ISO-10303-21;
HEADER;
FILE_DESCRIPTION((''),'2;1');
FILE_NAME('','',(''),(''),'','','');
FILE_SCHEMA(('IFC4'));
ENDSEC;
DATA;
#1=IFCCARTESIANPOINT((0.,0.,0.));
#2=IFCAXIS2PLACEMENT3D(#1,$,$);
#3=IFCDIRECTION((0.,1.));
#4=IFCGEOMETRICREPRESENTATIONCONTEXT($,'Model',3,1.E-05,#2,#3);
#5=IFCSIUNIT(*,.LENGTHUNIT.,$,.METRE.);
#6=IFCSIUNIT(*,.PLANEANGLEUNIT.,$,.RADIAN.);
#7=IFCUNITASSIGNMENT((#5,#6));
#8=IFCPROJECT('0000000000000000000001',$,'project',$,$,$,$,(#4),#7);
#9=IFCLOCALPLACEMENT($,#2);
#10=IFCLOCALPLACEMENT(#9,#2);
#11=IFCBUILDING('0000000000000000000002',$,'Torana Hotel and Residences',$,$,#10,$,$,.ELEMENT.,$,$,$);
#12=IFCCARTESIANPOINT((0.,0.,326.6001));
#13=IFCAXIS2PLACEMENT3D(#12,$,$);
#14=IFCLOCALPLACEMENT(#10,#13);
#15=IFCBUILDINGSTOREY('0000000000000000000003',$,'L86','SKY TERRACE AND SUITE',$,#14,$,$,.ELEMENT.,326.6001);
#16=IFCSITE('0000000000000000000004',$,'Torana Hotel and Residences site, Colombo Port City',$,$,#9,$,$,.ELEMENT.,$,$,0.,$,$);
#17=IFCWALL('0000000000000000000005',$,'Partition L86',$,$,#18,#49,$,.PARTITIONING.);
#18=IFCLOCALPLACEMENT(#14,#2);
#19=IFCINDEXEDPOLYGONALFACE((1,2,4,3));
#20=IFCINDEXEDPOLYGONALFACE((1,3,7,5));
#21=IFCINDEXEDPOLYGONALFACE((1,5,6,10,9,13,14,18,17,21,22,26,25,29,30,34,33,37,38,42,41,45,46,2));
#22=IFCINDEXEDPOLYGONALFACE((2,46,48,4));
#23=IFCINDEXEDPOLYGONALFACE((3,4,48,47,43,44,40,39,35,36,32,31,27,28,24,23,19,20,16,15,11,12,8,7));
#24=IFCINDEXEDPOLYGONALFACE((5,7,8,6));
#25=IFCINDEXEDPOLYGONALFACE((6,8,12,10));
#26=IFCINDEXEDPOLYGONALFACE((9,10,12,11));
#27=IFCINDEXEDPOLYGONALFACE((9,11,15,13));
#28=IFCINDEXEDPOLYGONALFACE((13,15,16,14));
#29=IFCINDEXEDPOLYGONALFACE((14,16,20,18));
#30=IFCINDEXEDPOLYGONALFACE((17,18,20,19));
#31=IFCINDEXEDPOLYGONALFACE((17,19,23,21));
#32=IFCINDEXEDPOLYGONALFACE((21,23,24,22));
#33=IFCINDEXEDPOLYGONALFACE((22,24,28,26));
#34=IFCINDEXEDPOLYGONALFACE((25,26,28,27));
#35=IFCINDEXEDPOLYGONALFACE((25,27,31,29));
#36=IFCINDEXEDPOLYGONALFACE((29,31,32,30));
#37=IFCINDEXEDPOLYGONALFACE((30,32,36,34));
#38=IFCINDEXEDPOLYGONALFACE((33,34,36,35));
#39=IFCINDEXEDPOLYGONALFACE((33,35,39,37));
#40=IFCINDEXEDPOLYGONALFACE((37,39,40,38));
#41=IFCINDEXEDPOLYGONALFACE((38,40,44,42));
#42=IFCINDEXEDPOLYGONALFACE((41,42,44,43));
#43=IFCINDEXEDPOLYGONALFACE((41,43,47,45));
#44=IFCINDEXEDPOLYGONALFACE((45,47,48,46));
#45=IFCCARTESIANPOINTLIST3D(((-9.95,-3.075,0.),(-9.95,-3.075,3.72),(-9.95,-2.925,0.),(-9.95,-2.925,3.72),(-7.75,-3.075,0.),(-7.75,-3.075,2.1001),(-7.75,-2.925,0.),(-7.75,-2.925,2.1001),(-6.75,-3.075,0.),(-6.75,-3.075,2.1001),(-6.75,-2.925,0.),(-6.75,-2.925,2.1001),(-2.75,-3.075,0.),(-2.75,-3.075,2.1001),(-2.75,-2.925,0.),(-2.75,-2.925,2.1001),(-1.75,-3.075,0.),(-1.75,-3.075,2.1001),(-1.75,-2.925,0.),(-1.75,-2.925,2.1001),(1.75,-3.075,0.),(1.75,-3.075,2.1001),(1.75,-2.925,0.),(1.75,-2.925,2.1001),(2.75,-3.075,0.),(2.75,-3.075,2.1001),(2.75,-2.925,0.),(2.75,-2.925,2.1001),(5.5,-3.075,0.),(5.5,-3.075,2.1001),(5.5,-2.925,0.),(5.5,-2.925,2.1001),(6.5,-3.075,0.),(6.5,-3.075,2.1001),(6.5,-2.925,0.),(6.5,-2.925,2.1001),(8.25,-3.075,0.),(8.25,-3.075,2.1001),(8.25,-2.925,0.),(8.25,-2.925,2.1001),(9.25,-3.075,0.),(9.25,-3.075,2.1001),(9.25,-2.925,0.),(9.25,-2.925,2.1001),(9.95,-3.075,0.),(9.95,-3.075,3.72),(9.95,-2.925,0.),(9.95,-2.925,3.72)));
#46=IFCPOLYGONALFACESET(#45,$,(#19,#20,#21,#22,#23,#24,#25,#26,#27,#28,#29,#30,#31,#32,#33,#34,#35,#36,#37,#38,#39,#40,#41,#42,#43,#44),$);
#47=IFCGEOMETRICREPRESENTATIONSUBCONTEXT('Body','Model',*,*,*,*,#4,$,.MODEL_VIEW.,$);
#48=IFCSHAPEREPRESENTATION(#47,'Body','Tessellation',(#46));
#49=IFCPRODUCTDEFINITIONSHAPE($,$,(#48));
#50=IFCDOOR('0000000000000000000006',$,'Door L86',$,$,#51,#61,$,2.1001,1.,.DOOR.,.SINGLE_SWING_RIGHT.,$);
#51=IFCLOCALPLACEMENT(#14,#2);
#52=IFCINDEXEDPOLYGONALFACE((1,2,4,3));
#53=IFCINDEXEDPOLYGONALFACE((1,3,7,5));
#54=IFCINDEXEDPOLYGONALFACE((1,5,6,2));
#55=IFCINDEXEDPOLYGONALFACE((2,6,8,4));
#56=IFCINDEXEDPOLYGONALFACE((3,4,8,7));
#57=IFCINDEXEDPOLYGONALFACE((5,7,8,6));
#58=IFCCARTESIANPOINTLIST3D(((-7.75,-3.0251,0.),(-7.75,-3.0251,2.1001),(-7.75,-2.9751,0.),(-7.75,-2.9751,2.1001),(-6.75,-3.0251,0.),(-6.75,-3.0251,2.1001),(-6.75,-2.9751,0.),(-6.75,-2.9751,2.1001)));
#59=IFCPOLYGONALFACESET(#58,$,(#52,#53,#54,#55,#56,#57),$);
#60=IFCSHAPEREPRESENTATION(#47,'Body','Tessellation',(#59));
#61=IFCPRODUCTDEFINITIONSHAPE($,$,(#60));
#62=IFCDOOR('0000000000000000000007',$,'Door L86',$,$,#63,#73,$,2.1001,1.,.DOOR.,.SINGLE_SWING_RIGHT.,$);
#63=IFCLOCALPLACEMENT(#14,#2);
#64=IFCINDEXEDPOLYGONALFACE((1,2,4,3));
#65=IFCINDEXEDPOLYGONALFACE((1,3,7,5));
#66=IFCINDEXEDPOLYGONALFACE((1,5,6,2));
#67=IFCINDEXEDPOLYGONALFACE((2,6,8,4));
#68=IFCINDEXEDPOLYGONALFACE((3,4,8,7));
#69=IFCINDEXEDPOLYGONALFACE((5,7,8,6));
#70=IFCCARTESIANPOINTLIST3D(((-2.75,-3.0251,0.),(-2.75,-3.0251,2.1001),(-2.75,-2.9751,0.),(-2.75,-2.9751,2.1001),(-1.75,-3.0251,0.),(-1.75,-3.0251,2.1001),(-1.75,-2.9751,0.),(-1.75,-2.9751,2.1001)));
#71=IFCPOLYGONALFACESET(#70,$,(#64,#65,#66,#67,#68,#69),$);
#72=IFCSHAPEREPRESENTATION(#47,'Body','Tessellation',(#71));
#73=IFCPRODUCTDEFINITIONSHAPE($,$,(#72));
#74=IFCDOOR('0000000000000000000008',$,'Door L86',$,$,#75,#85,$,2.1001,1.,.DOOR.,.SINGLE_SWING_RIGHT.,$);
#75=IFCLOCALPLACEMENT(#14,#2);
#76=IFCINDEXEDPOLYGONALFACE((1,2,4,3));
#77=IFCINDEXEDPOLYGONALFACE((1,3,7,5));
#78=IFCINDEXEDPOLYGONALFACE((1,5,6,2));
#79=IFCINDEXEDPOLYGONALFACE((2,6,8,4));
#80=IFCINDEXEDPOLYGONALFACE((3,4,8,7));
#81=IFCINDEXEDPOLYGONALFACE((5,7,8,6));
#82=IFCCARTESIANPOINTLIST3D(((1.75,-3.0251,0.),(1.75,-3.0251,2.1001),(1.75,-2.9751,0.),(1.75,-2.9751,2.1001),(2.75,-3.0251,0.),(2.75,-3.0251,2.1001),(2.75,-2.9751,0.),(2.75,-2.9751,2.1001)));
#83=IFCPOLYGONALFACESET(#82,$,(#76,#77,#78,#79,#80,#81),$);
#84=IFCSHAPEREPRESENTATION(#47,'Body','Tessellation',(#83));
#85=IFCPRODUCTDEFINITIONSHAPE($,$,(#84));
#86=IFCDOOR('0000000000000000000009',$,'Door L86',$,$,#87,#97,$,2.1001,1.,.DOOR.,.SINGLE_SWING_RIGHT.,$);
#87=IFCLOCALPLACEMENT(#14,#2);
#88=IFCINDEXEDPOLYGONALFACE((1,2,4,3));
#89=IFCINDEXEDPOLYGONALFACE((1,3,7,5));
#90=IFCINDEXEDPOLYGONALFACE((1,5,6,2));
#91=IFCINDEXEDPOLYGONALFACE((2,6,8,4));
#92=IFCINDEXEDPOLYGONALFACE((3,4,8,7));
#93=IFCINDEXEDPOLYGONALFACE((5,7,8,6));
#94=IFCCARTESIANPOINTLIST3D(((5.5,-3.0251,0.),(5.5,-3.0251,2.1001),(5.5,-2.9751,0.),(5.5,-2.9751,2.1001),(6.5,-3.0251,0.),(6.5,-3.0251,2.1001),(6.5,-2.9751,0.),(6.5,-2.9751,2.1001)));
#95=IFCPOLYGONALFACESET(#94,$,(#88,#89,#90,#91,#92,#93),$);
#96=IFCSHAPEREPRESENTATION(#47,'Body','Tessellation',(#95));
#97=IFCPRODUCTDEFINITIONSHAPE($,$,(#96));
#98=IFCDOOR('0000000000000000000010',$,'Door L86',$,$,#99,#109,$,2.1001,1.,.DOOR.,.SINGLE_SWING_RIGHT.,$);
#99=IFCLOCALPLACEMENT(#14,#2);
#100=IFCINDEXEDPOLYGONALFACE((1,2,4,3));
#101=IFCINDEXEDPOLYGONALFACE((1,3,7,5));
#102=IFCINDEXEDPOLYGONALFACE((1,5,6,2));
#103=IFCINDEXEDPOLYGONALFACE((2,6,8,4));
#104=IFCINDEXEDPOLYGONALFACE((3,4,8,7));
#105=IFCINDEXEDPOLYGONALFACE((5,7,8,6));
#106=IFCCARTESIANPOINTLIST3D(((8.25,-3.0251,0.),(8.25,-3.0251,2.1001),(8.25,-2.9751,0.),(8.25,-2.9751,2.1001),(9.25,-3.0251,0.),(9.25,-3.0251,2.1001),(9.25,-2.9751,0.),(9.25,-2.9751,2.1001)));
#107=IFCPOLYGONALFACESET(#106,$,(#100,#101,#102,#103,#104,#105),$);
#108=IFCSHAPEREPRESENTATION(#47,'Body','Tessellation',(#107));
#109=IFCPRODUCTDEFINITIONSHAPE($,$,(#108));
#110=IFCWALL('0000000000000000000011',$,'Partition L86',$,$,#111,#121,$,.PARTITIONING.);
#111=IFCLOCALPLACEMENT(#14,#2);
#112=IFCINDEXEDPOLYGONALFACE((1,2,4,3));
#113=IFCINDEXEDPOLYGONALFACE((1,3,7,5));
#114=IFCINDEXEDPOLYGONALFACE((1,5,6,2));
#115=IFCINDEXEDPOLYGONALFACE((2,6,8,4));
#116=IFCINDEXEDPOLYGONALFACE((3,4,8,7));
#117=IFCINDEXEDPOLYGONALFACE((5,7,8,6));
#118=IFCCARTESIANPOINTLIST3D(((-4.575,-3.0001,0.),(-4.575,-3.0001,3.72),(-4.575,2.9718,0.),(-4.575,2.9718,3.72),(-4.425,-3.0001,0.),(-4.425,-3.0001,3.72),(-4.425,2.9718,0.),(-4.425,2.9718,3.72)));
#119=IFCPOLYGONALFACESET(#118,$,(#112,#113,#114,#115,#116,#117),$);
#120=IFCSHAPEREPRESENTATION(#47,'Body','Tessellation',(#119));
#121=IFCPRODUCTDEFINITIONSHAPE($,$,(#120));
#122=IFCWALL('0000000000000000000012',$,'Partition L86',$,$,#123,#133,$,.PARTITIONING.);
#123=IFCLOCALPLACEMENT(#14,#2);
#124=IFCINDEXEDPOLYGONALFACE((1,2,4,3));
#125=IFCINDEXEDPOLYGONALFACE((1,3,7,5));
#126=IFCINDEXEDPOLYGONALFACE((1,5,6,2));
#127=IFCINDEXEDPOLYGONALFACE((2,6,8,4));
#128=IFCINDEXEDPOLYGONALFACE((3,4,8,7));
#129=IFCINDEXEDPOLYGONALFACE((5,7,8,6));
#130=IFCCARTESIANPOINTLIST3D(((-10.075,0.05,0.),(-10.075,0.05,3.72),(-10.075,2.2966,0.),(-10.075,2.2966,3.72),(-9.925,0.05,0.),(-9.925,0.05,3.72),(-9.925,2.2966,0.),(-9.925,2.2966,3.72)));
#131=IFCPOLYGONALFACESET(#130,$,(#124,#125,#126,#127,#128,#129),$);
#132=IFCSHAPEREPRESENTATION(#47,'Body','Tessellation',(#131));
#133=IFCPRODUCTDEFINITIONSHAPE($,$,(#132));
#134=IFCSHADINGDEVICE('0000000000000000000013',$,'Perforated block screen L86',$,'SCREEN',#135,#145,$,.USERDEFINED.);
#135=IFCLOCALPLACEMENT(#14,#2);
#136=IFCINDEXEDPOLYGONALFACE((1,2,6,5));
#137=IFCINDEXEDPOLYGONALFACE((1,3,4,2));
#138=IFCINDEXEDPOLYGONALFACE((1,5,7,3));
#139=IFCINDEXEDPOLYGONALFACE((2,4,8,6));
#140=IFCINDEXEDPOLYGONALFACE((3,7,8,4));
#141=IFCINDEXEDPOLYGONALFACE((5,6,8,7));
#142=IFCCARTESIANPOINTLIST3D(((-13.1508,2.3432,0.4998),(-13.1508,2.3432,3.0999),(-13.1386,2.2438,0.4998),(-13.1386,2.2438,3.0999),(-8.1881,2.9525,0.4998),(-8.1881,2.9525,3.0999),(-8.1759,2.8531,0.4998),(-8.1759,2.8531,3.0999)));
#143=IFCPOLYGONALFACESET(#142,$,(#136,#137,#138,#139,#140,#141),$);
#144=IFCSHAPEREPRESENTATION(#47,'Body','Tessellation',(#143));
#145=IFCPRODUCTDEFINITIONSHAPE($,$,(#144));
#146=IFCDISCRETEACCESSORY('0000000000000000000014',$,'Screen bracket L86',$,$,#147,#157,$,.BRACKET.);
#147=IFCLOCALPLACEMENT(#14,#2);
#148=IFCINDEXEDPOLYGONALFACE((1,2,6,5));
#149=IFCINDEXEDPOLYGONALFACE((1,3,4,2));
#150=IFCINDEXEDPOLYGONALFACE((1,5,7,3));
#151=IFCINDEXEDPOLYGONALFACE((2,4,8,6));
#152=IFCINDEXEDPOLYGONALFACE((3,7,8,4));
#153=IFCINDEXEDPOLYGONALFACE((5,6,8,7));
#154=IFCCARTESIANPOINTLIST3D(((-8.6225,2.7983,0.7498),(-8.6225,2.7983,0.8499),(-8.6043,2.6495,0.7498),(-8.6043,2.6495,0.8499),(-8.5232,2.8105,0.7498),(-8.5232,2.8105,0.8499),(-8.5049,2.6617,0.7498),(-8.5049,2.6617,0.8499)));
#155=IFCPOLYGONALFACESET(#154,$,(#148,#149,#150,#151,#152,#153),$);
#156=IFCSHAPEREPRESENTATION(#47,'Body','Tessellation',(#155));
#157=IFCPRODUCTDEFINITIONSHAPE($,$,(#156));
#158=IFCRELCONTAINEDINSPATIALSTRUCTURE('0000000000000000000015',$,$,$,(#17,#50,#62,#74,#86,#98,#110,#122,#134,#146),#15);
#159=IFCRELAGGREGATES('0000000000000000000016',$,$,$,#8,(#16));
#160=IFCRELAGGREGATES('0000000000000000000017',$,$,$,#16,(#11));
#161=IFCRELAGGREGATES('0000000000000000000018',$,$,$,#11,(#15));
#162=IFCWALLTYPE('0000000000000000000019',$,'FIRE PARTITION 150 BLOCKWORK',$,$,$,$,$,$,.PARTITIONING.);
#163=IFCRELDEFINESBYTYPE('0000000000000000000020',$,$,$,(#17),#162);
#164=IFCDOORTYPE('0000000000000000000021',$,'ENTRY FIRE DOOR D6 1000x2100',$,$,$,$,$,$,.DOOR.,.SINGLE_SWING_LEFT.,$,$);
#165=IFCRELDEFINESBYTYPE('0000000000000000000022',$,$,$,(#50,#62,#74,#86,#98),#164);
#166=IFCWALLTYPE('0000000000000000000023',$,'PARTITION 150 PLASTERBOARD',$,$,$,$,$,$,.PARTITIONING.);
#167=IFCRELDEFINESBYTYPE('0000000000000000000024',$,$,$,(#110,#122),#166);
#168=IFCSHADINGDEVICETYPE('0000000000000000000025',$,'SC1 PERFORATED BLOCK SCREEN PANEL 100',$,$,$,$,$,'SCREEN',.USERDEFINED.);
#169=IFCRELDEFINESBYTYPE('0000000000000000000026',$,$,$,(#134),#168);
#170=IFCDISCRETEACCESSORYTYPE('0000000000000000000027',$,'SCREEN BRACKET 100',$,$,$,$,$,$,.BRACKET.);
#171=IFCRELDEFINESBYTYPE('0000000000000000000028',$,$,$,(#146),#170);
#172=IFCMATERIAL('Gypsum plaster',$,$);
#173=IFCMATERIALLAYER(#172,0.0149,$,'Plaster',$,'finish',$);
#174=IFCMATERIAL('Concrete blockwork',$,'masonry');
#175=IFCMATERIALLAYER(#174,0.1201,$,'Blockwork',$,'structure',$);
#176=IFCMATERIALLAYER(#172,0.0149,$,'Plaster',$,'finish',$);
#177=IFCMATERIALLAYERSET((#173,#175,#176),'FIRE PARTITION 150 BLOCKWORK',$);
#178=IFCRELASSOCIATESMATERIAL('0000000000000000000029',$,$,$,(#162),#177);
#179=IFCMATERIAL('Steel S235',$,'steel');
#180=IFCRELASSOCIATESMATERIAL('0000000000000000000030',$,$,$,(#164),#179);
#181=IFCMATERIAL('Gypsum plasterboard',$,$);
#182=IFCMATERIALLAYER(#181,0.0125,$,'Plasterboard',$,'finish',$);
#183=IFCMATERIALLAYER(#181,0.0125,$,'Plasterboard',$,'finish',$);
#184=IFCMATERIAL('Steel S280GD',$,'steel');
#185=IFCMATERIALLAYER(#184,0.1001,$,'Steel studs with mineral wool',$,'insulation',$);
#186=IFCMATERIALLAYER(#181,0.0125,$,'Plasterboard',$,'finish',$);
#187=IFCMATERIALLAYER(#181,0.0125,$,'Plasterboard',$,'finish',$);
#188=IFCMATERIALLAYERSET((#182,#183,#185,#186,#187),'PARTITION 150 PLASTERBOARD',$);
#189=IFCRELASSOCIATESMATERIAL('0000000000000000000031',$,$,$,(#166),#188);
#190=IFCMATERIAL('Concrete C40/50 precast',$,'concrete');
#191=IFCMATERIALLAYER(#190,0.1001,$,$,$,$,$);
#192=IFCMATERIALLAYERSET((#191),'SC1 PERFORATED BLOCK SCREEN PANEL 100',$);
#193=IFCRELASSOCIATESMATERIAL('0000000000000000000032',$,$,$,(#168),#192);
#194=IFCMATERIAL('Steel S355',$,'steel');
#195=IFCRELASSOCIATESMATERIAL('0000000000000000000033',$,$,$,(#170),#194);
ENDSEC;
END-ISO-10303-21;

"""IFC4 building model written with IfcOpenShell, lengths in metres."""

from ifc_helpers import new_model, si_unit, direction, frame, frame_2d, origin, origin_2d, place, context, subcontext, project, spatial, rectangle, extrude, material, layer, layer_set, type_object, element, fill, save


model = new_model("IFC4")

# Units and contexts
model_context = context("Model", 3, precision=1e-05, world=origin(), true_north=direction((0.0, 1.0)))
body_context = subcontext(model_context, "Body", "Model", "MODEL_VIEW")
ifc_project = project(units=[si_unit("LENGTHUNIT", "METRE"), si_unit("PLANEANGLEUNIT", "RADIAN")], contexts=[model_context])

# Site, building, storey
site_placement = place(None, origin())
site = spatial("IfcSite", under=ifc_project, at=site_placement, Name="Torana Hotel and Residences site, Colombo Port City", CompositionType="ELEMENT", RefElevation=0.0)
building_placement = place(site_placement, origin())
building = spatial("IfcBuilding", under=site, at=building_placement, Name="Torana Hotel and Residences", CompositionType="ELEMENT")
storey_placement = place(building_placement, frame((0.0, 0.0, 326.6001)))
storey = spatial("IfcBuildingStorey", under=building, at=storey_placement, Name="L86", Description="SKY TERRACE AND SUITE", CompositionType="ELEMENT", Elevation=326.6001)

# Wall, openings, doors
ifc_material_1 = material(Name="Gypsum plaster")
ifc_layer_1 = layer(ifc_material_1, 0.0149, Name="Plaster", Category="finish")
ifc_material_2 = material(Name="Concrete blockwork", Category="masonry")
ifc_layer_2 = layer(ifc_material_2, 0.1201, Name="Blockwork", Category="structure")
ifc_layer_3 = layer(ifc_material_1, 0.0149, Name="Plaster", Category="finish")
ifc_layer_set_1 = layer_set([ifc_layer_1, ifc_layer_2, ifc_layer_3], Name="FIRE PARTITION 150 BLOCKWORK")
wall_type_1 = type_object("IfcWallType", Name="FIRE PARTITION 150 BLOCKWORK", PredefinedType="PARTITIONING", material=ifc_layer_set_1)
ifc_material_3 = material(Name="Steel S235", Category="steel")
door_type = type_object("IfcDoorType", Name="ENTRY FIRE DOOR D6 1000x2100", OperationType="SINGLE_SWING_LEFT", PredefinedType="DOOR", material=ifc_material_3)
wall_1_placement = place(storey_placement, frame((-9.95, -3.0, 0.0), z_axis=(0.0, 0.0, 1.0), x_axis=(1.0, 0.0, 0.0)))
wall_1 = element("IfcWall", 1, at=wall_1_placement, inside=storey, type_object=wall_type_1, Name="Partition L86", PredefinedType="PARTITIONING", context=body_context, shape_type="SweptSolid", body=[
    extrude(rectangle(XDim=19.8999, YDim=0.1499, at=frame_2d((9.95, 0.0))), origin(), (0.0, 0.0, 1.0), 3.72),
])
opening_1_placement = place(wall_1_placement, frame((2.2, 0.0, 0.0)))
opening_1 = element("IfcOpeningElement", 2, at=opening_1_placement, cuts=wall_1, PredefinedType="OPENING", context=body_context, shape_type="SweptSolid", body=[
    extrude(rectangle(XDim=1.0, YDim=2.1001, at=frame_2d((0.5, 1.05))), frame((0.0, 0.085, 0.0), z_axis=(0.0, -1.0, 0.0), x_axis=(1.0, 0.0, 0.0)), (0.0, 0.0, 1.0), 0.1699),
])
opening_2_placement = place(wall_1_placement, frame((7.2, 0.0, 0.0)))
opening_2 = element("IfcOpeningElement", 3, at=opening_2_placement, cuts=wall_1, PredefinedType="OPENING", context=body_context, shape_type="SweptSolid", body=[
    extrude(rectangle(XDim=1.0, YDim=2.1001, at=frame_2d((0.5, 1.05))), frame((0.0, 0.085, 0.0), z_axis=(0.0, -1.0, 0.0), x_axis=(1.0, 0.0, 0.0)), (0.0, 0.0, 1.0), 0.1699),
])
opening_3_placement = place(wall_1_placement, frame((11.7, 0.0, 0.0)))
opening_3 = element("IfcOpeningElement", 4, at=opening_3_placement, cuts=wall_1, PredefinedType="OPENING", context=body_context, shape_type="SweptSolid", body=[
    extrude(rectangle(XDim=1.0, YDim=2.1001, at=frame_2d((0.5, 1.05))), frame((0.0, 0.085, 0.0), z_axis=(0.0, -1.0, 0.0), x_axis=(1.0, 0.0, 0.0)), (0.0, 0.0, 1.0), 0.1699),
])
opening_4_placement = place(wall_1_placement, frame((15.45, 0.0, 0.0)))
opening_4 = element("IfcOpeningElement", 5, at=opening_4_placement, cuts=wall_1, PredefinedType="OPENING", context=body_context, shape_type="SweptSolid", body=[
    extrude(rectangle(XDim=1.0, YDim=2.1001, at=frame_2d((0.5, 1.05))), frame((0.0, 0.085, 0.0), z_axis=(0.0, -1.0, 0.0), x_axis=(1.0, 0.0, 0.0)), (0.0, 0.0, 1.0), 0.1699),
])
opening_5_placement = place(wall_1_placement, frame((18.2, 0.0, 0.0)))
opening_5 = element("IfcOpeningElement", 6, at=opening_5_placement, cuts=wall_1, PredefinedType="OPENING", context=body_context, shape_type="SweptSolid", body=[
    extrude(rectangle(XDim=1.0, YDim=2.1001, at=frame_2d((0.5, 1.05))), frame((0.0, 0.085, 0.0), z_axis=(0.0, -1.0, 0.0), x_axis=(1.0, 0.0, 0.0)), (0.0, 0.0, 1.0), 0.1699),
])
door_1_placement = place(opening_1_placement, origin())
door_1 = element("IfcDoor", 7, at=door_1_placement, inside=storey, type_object=door_type, Name="Door L86", OperationType="SINGLE_SWING_RIGHT", OverallHeight=2.1001, OverallWidth=1.0, PredefinedType="DOOR", context=body_context, shape_type="SweptSolid", body=[
    extrude(rectangle(XDim=1.0, YDim=2.1001, at=frame_2d((0.5, 1.05))), frame((0.0, 0.0249, 0.0), z_axis=(0.0, -1.0, 0.0), x_axis=(1.0, 0.0, 0.0)), (0.0, 0.0, 1.0), 0.05),
])
fill(opening_1, door_1)
door_2_placement = place(opening_2_placement, origin())
door_2 = element("IfcDoor", 8, at=door_2_placement, inside=storey, type_object=door_type, Name="Door L86", OperationType="SINGLE_SWING_RIGHT", OverallHeight=2.1001, OverallWidth=1.0, PredefinedType="DOOR", context=body_context, shape_type="SweptSolid", body=[
    extrude(rectangle(XDim=1.0, YDim=2.1001, at=frame_2d((0.5, 1.05))), frame((0.0, 0.0249, 0.0), z_axis=(0.0, -1.0, 0.0), x_axis=(1.0, 0.0, 0.0)), (0.0, 0.0, 1.0), 0.05),
])
fill(opening_2, door_2)
door_3_placement = place(opening_3_placement, origin())
door_3 = element("IfcDoor", 9, at=door_3_placement, inside=storey, type_object=door_type, Name="Door L86", OperationType="SINGLE_SWING_RIGHT", OverallHeight=2.1001, OverallWidth=1.0, PredefinedType="DOOR", context=body_context, shape_type="SweptSolid", body=[
    extrude(rectangle(XDim=1.0, YDim=2.1001, at=frame_2d((0.5, 1.05))), frame((0.0, 0.0249, 0.0), z_axis=(0.0, -1.0, 0.0), x_axis=(1.0, 0.0, 0.0)), (0.0, 0.0, 1.0), 0.05),
])
fill(opening_3, door_3)
door_4_placement = place(opening_4_placement, origin())
door_4 = element("IfcDoor", 10, at=door_4_placement, inside=storey, type_object=door_type, Name="Door L86", OperationType="SINGLE_SWING_RIGHT", OverallHeight=2.1001, OverallWidth=1.0, PredefinedType="DOOR", context=body_context, shape_type="SweptSolid", body=[
    extrude(rectangle(XDim=1.0, YDim=2.1001, at=frame_2d((0.5, 1.05))), frame((0.0, 0.0249, 0.0), z_axis=(0.0, -1.0, 0.0), x_axis=(1.0, 0.0, 0.0)), (0.0, 0.0, 1.0), 0.05),
])
fill(opening_4, door_4)
door_5_placement = place(opening_5_placement, origin())
door_5 = element("IfcDoor", 11, at=door_5_placement, inside=storey, type_object=door_type, Name="Door L86", OperationType="SINGLE_SWING_RIGHT", OverallHeight=2.1001, OverallWidth=1.0, PredefinedType="DOOR", context=body_context, shape_type="SweptSolid", body=[
    extrude(rectangle(XDim=1.0, YDim=2.1001, at=frame_2d((0.5, 1.05))), frame((0.0, 0.0249, 0.0), z_axis=(0.0, -1.0, 0.0), x_axis=(1.0, 0.0, 0.0)), (0.0, 0.0, 1.0), 0.05),
])
fill(opening_5, door_5)

# Walls
ifc_material_4 = material(Name="Gypsum plasterboard")
ifc_layer_4 = layer(ifc_material_4, 0.0125, Name="Plasterboard", Category="finish")
ifc_layer_5 = layer(ifc_material_4, 0.0125, Name="Plasterboard", Category="finish")
ifc_material_5 = material(Name="Steel S280GD", Category="steel")
ifc_layer_6 = layer(ifc_material_5, 0.1001, Name="Steel studs with mineral wool", Category="insulation")
ifc_layer_7 = layer(ifc_material_4, 0.0125, Name="Plasterboard", Category="finish")
ifc_layer_8 = layer(ifc_material_4, 0.0125, Name="Plasterboard", Category="finish")
ifc_layer_set_2 = layer_set([ifc_layer_4, ifc_layer_5, ifc_layer_6, ifc_layer_7, ifc_layer_8], Name="PARTITION 150 PLASTERBOARD")
wall_type_2 = type_object("IfcWallType", Name="PARTITION 150 PLASTERBOARD", PredefinedType="PARTITIONING", material=ifc_layer_set_2)
wall_2_placement = place(storey_placement, frame((-4.5, -3.0, 0.0), z_axis=(0.0, 0.0, 1.0), x_axis=(0.0, 1.0, 0.0)))
element("IfcWall", 12, at=wall_2_placement, inside=storey, type_object=wall_type_2, Name="Partition L86", PredefinedType="PARTITIONING", context=body_context, shape_type="SweptSolid", body=[
    extrude(rectangle(XDim=5.9719, YDim=0.1499, at=frame_2d((2.9858, 0.0))), origin(), (0.0, 0.0, 1.0), 3.72),
])
wall_3_placement = place(storey_placement, frame((-10.0, 0.05, 0.0), z_axis=(0.0, 0.0, 1.0), x_axis=(0.0, 1.0, 0.0)))
element("IfcWall", 13, at=wall_3_placement, inside=storey, type_object=wall_type_2, Name="Partition L86", PredefinedType="PARTITIONING", context=body_context, shape_type="SweptSolid", body=[
    extrude(rectangle(XDim=2.2466, YDim=0.1499, at=frame_2d((1.1233, 0.0))), origin(), (0.0, 0.0, 1.0), 3.72),
])

# Shading device
ifc_material_6 = material(Name="Concrete C40/50 precast", Category="concrete")
ifc_layer_9 = layer(ifc_material_6, 0.1001)
ifc_layer_set_3 = layer_set([ifc_layer_9], Name="SC1 PERFORATED BLOCK SCREEN PANEL 100")
shading_device_type = type_object("IfcShadingDeviceType", Name="SC1 PERFORATED BLOCK SCREEN PANEL 100", ElementType="SCREEN", PredefinedType="USERDEFINED", material=ifc_layer_set_3)
shading_device_placement = place(storey_placement, frame((-10.6633, 2.5981, 0.4998), z_axis=(0.0, 0.0, 1.0), x_axis=(-0.992547, -0.121866, 0.0)))
element("IfcShadingDevice", 14, at=shading_device_placement, inside=storey, type_object=shading_device_type, Name="Perforated block screen L86", ObjectType="SCREEN", PredefinedType="USERDEFINED", context=body_context, shape_type="SweptSolid", body=[
    extrude(rectangle(XDim=5.0, YDim=0.1001, at=origin_2d()), origin(), (0.0, 0.0, 1.0), 2.6001),
])

# Discrete accessory
ifc_material_7 = material(Name="Steel S355", Category="steel")
discrete_accessory_type = type_object("IfcDiscreteAccessoryType", Name="SCREEN BRACKET 100", PredefinedType="BRACKET", material=ifc_material_7)
for number, where, z_axis, x_axis, name in (
    (15, (-8.5637, 2.73, 0.7498), (0.0, 0.0, 1.0), (-0.992547, -0.121866, 0.0), "Screen bracket L86"),
):
    element("IfcDiscreteAccessory", number, at=place(storey_placement, frame(where, z_axis=z_axis, x_axis=x_axis)), inside=storey, type_object=discrete_accessory_type, Name=name, PredefinedType="BRACKET", context=body_context, shape_type="SweptSolid", body=[
        extrude(rectangle(XDim=0.1001, YDim=0.1499, at=origin_2d()), origin(), (0.0, 0.0, 1.0), 0.1001),
    ])

save(model, "model.ifc")
